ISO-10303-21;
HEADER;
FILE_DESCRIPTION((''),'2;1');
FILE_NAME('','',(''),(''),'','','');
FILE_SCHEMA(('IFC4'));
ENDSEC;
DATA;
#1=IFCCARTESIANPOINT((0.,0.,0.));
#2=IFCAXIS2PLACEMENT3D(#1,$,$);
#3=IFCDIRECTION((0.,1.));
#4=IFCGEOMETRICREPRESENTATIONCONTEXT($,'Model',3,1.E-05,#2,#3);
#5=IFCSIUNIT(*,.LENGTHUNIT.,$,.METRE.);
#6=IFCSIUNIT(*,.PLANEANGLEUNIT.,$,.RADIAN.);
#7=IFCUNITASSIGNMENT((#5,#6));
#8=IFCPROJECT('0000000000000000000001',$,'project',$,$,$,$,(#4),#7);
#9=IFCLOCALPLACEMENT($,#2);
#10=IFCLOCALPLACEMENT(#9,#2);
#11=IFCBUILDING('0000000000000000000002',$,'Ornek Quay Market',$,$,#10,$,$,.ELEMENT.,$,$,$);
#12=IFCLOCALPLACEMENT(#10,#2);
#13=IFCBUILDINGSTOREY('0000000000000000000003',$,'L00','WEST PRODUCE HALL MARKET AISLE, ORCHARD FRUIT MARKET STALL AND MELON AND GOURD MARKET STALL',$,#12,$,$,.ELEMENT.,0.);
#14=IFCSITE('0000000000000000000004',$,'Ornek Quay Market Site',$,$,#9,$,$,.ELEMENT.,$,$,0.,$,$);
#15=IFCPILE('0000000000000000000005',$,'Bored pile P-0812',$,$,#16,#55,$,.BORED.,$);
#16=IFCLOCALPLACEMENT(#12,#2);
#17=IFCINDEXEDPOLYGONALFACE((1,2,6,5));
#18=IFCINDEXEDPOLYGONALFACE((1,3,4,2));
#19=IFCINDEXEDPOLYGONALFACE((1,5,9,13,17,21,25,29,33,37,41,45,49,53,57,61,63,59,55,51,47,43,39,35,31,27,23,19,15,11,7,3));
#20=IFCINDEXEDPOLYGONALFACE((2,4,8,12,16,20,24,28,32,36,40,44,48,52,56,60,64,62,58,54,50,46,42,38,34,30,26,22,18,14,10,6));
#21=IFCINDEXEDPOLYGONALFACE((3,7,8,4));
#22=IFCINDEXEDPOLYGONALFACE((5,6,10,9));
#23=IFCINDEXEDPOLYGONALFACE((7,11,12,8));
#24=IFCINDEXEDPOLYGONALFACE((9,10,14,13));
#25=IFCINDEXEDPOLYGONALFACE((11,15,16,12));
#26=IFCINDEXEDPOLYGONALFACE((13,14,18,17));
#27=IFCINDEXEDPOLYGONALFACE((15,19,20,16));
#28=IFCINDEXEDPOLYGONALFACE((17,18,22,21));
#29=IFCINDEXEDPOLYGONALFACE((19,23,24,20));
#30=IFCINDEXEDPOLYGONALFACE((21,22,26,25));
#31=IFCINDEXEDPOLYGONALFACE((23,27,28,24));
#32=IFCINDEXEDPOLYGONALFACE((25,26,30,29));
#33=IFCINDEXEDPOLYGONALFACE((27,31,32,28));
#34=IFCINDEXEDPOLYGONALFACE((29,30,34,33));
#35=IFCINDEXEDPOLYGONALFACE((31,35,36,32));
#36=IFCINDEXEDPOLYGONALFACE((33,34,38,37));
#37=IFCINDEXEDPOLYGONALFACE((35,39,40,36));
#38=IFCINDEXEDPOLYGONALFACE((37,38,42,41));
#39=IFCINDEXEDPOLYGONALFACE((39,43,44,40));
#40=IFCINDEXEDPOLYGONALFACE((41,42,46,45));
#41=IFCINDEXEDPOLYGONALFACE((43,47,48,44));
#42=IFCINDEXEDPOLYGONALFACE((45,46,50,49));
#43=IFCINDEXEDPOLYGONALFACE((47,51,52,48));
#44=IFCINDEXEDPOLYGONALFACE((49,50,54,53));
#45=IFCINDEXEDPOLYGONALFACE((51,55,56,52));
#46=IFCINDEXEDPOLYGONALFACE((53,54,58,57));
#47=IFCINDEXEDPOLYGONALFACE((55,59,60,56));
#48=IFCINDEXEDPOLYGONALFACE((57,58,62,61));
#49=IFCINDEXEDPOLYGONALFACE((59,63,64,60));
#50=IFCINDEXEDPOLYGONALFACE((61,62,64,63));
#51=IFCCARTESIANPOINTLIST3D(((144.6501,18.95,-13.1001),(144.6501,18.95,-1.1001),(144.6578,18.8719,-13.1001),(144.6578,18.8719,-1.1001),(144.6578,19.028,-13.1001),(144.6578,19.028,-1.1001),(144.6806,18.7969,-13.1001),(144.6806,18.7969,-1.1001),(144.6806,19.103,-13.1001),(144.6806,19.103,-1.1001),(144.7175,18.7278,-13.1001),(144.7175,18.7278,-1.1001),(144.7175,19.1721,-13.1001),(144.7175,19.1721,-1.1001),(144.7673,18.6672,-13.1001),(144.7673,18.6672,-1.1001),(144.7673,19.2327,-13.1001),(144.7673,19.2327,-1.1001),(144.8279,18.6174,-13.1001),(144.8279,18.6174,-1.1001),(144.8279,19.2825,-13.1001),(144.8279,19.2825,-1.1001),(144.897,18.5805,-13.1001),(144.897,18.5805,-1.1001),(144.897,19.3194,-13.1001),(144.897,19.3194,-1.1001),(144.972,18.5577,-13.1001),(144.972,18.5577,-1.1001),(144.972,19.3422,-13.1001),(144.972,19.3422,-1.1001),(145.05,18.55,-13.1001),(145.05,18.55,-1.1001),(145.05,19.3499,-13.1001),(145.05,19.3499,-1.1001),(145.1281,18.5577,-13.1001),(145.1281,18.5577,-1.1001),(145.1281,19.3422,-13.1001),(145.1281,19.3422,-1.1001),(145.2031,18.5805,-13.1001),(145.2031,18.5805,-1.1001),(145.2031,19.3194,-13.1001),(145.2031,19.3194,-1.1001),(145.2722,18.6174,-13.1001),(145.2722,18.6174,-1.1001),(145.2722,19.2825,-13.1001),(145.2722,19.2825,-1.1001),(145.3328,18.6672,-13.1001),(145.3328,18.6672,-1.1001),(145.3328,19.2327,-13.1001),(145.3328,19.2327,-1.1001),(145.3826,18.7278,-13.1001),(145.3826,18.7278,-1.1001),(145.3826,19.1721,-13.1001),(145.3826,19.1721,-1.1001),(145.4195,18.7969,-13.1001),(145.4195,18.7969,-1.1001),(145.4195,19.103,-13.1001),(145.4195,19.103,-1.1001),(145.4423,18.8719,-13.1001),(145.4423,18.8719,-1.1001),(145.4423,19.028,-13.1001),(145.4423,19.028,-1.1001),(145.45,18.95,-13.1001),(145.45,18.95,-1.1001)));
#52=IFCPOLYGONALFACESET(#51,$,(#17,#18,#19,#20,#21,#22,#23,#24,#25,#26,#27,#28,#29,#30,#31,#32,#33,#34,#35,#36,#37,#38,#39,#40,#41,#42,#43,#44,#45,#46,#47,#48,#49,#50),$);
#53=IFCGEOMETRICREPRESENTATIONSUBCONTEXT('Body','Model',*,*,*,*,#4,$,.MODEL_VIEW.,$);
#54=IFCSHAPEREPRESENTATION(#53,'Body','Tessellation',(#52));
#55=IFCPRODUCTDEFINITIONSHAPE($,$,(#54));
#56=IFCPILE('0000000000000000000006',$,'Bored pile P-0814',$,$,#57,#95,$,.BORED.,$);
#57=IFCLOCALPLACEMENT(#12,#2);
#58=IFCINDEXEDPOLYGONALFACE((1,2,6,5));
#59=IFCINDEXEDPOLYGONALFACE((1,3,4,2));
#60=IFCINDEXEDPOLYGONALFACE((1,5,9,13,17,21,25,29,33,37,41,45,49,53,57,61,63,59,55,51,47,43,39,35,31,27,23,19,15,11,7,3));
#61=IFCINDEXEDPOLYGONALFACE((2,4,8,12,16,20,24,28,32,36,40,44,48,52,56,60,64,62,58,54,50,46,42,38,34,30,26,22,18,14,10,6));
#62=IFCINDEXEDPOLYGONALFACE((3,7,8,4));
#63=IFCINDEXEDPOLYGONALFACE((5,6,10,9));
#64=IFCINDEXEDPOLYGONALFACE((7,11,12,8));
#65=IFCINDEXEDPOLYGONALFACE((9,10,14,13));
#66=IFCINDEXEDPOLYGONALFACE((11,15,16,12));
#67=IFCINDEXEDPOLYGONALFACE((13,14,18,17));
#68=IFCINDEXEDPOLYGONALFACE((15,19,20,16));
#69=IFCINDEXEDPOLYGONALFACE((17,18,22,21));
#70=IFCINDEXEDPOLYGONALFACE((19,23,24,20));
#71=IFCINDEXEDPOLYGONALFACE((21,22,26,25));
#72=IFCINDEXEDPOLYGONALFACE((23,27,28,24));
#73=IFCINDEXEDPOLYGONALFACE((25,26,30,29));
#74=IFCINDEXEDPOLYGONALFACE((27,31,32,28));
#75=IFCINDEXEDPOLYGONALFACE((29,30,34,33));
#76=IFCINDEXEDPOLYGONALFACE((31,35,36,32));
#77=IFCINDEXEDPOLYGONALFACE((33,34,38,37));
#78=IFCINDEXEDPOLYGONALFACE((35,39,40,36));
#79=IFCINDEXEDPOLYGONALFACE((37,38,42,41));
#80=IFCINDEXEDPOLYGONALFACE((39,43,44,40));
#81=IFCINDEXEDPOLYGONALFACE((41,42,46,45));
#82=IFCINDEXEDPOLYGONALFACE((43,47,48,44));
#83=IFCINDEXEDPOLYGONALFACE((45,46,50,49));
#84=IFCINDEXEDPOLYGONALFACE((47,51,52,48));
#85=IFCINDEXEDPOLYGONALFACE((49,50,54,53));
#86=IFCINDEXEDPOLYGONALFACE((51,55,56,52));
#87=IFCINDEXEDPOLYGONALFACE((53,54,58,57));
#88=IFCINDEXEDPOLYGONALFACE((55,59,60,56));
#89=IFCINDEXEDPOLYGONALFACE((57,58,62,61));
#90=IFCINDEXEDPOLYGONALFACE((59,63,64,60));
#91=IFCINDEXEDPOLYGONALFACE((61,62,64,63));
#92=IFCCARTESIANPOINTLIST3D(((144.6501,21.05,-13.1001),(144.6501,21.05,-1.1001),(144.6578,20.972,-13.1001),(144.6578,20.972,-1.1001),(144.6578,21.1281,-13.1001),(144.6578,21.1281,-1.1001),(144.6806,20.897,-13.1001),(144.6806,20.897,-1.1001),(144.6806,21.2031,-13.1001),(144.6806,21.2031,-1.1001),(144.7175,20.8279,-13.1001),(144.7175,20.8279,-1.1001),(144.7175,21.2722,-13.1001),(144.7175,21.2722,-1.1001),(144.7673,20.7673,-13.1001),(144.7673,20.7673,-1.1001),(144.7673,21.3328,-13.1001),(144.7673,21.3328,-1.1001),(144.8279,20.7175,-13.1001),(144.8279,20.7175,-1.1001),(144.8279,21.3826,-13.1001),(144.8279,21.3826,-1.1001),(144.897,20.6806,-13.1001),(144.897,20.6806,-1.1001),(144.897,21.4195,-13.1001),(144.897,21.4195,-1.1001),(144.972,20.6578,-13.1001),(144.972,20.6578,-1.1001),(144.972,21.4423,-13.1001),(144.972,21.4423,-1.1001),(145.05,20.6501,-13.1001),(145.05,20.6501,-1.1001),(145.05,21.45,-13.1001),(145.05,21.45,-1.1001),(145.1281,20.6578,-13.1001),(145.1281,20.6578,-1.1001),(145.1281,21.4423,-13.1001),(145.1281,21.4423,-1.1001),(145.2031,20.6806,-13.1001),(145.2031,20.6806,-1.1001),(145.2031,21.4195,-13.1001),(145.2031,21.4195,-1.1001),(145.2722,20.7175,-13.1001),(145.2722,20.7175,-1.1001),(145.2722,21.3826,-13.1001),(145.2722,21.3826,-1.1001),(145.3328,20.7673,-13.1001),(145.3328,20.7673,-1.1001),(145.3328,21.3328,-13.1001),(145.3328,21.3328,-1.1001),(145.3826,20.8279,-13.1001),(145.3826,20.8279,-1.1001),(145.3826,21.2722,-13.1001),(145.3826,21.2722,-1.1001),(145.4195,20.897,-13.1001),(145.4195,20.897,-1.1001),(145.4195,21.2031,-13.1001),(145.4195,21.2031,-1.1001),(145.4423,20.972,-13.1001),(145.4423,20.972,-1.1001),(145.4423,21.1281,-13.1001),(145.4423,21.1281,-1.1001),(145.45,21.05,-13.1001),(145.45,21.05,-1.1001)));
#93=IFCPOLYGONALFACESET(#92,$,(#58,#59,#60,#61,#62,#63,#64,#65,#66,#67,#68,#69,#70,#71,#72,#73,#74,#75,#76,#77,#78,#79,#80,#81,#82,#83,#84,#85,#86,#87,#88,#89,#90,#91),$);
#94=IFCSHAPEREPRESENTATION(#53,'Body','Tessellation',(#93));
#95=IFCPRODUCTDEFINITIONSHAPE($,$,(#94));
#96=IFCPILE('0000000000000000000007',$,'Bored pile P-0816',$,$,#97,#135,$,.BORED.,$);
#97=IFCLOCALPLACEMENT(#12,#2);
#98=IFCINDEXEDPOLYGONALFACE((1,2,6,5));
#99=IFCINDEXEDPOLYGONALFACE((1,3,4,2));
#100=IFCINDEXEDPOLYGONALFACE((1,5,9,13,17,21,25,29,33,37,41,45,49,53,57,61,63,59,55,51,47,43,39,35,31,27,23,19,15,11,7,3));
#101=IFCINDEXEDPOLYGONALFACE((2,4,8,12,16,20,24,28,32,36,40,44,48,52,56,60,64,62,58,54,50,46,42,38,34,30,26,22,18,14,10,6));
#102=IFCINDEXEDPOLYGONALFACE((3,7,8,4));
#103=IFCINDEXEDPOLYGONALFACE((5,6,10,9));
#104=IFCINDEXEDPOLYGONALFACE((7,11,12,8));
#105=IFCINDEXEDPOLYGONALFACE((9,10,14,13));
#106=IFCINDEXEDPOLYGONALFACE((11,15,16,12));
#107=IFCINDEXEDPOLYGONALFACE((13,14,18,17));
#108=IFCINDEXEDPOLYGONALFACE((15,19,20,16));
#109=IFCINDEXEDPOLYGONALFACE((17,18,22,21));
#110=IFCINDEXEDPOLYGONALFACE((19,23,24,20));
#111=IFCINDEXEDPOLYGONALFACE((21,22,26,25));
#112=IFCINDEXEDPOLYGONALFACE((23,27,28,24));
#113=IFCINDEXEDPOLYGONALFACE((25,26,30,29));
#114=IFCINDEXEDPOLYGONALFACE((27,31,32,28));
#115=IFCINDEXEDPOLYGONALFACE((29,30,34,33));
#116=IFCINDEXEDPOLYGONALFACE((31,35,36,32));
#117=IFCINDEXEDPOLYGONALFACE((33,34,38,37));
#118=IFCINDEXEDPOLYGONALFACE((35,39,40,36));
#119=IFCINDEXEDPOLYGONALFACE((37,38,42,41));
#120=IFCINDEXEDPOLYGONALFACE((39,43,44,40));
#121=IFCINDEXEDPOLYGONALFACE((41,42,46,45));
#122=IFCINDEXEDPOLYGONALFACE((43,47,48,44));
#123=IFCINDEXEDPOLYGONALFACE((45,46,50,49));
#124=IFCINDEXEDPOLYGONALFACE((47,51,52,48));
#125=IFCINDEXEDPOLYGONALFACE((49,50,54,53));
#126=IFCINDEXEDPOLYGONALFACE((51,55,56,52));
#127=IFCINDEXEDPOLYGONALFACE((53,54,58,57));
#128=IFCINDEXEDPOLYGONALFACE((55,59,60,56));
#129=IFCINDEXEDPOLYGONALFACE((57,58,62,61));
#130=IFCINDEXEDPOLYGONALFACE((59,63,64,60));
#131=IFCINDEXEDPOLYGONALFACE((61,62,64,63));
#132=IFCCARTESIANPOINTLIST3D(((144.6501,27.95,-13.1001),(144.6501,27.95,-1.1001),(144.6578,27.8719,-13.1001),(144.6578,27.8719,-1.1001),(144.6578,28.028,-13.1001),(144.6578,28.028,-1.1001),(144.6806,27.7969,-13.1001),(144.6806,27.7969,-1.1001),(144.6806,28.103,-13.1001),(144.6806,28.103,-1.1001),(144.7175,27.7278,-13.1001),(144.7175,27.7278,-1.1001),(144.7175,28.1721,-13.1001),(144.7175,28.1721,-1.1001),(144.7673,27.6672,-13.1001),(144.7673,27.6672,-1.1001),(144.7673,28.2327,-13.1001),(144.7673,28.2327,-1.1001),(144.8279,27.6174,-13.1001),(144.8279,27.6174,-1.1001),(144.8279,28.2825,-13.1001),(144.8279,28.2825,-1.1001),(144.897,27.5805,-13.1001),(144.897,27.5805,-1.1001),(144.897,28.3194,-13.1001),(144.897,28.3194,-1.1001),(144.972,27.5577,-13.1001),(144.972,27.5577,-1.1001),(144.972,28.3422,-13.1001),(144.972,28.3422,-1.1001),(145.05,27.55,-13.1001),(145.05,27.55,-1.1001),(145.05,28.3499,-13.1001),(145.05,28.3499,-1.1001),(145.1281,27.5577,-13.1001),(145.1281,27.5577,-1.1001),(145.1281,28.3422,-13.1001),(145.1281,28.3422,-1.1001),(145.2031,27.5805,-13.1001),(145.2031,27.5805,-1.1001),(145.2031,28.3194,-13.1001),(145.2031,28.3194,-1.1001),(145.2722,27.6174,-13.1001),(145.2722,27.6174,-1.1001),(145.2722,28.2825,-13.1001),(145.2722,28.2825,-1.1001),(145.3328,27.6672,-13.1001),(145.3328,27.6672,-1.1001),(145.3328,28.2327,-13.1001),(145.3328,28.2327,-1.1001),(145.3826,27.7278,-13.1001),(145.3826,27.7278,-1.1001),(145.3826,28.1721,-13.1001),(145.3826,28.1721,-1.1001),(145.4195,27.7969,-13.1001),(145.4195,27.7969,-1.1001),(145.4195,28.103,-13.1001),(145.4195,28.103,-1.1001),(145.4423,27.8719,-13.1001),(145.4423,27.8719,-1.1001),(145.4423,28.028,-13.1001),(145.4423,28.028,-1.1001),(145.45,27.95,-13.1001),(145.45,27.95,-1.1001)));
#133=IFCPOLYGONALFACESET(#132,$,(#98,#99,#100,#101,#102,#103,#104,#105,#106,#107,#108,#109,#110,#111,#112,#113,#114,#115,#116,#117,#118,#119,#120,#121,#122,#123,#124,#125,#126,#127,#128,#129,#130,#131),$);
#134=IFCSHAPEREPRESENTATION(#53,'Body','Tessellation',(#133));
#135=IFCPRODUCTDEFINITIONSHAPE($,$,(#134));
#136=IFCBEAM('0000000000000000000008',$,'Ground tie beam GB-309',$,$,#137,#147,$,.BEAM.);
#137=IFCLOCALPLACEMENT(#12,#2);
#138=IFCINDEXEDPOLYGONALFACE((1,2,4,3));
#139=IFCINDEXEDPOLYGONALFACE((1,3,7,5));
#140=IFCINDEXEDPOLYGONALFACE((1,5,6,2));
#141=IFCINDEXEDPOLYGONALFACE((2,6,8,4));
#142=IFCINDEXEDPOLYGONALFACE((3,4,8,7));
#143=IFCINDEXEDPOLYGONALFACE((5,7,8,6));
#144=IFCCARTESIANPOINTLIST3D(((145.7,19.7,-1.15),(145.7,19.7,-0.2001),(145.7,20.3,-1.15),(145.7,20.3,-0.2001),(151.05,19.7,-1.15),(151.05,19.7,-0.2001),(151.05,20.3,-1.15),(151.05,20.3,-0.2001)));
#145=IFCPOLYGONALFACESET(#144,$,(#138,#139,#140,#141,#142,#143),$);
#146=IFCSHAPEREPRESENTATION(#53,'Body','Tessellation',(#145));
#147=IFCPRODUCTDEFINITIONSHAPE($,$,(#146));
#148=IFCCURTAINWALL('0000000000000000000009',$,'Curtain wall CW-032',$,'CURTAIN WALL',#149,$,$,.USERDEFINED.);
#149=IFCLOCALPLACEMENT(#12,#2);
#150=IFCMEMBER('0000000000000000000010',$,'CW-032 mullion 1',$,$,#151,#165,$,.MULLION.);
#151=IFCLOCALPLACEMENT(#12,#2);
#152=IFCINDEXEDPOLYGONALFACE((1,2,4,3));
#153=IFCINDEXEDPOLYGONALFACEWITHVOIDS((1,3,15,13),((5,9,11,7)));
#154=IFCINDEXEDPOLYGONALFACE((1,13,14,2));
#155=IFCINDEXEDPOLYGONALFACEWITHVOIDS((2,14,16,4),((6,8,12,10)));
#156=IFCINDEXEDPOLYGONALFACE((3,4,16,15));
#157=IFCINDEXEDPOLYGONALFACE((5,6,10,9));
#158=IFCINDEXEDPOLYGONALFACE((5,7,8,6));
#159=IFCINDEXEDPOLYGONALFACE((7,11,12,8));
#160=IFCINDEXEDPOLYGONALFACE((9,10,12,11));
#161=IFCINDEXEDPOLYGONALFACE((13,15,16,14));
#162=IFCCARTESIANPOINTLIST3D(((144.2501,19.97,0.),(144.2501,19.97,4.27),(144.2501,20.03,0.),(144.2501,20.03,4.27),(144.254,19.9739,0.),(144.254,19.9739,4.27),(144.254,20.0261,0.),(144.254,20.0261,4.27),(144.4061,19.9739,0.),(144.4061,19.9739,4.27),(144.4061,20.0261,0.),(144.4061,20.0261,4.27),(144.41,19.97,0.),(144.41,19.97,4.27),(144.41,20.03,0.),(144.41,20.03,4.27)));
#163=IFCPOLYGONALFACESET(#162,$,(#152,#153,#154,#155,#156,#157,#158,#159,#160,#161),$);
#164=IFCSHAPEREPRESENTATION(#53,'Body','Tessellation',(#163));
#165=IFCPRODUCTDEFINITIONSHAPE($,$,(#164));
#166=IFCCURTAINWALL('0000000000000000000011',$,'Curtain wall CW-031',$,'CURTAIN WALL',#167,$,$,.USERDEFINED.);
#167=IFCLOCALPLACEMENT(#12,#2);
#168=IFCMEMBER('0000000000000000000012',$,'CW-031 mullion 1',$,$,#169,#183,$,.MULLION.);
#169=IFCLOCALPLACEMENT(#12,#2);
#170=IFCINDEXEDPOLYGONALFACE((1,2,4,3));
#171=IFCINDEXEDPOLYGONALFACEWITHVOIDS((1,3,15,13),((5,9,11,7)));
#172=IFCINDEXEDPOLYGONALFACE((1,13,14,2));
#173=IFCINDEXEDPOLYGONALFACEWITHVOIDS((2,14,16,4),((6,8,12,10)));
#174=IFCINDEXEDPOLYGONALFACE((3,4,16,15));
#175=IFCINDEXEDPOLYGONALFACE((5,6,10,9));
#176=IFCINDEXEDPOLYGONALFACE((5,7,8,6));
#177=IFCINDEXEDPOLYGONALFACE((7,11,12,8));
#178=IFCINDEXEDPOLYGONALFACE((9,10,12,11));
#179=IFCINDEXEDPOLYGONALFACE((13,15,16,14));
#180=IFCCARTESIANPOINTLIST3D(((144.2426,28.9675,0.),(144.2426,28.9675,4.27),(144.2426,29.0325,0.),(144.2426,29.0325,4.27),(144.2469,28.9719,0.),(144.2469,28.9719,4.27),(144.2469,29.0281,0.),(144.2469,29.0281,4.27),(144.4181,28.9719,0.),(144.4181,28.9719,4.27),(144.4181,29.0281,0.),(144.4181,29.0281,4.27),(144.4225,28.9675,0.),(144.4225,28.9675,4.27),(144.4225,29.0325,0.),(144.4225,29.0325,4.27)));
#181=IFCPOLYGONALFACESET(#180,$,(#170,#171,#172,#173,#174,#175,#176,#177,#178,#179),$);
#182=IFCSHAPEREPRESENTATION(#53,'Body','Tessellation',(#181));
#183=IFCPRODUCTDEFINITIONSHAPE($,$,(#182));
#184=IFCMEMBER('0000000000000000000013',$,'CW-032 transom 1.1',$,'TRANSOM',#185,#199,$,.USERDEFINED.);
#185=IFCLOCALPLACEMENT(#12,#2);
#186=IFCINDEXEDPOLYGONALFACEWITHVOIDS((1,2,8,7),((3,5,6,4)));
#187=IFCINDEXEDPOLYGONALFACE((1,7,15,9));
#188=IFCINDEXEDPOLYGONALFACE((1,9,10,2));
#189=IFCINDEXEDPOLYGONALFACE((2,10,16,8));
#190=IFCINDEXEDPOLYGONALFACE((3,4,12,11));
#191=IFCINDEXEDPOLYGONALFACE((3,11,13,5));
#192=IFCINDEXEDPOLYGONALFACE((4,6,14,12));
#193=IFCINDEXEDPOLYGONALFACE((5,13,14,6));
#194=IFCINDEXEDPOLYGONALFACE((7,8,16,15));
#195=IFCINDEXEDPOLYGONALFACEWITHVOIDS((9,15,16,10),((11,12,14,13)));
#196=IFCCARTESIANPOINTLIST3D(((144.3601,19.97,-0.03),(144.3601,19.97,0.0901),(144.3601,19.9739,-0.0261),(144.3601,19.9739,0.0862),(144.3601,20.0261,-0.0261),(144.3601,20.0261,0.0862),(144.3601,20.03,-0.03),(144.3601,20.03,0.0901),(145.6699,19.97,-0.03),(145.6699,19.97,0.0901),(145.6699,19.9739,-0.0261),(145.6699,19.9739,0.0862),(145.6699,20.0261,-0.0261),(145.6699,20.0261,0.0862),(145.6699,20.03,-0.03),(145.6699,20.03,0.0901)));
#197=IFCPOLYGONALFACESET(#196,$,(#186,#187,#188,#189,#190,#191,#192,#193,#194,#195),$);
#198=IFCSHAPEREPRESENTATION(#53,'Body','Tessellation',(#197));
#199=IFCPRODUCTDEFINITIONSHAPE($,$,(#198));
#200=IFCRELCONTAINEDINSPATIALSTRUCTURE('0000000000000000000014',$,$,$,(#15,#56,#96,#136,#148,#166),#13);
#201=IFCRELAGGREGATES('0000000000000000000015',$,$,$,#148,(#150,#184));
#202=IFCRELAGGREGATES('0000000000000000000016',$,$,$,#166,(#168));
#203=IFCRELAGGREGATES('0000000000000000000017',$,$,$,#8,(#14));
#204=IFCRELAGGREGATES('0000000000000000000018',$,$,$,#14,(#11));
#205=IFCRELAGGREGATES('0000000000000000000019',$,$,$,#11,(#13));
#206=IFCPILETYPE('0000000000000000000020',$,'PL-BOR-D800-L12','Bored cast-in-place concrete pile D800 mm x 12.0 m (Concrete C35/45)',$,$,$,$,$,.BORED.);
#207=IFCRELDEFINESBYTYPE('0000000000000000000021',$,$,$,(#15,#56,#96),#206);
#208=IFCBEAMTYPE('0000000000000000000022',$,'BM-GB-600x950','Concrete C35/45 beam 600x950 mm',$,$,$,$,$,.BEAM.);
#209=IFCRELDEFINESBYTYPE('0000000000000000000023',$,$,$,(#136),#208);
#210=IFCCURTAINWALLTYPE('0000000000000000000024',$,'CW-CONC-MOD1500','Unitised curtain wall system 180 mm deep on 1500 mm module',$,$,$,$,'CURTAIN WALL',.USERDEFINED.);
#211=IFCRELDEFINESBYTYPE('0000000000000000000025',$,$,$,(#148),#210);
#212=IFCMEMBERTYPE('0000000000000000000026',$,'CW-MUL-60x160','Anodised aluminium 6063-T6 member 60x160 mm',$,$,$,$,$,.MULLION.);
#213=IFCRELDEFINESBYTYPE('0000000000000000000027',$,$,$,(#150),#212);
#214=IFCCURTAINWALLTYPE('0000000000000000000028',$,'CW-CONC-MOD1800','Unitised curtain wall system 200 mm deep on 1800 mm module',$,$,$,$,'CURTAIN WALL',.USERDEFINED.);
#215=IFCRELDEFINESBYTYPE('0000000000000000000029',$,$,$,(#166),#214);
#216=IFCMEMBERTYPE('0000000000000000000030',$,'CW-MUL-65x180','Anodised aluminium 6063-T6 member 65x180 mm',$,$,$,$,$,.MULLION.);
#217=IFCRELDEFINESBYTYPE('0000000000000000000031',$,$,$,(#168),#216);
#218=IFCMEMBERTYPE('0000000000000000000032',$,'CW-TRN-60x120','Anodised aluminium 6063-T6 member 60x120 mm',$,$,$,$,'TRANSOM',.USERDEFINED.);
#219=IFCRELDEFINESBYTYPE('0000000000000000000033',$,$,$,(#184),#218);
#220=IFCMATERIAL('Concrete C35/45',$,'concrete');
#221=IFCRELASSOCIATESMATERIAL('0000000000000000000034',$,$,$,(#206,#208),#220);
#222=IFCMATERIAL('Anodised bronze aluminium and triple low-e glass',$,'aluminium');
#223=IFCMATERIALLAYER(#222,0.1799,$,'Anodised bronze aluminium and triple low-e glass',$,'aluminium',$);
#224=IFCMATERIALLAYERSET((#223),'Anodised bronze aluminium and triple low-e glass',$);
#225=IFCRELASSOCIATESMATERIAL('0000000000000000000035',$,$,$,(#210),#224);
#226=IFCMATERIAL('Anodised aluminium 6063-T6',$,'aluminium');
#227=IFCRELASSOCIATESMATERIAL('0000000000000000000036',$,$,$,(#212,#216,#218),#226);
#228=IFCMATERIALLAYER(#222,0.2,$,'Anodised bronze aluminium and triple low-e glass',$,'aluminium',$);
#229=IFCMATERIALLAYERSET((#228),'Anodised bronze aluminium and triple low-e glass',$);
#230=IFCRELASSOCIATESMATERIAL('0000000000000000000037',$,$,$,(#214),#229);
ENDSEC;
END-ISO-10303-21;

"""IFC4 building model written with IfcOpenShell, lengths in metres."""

from ifc_helpers import new_model, si_unit, direction, frame, origin, origin_2d, place, context, subcontext, project, spatial, rectangle, hollow_rectangle, circle, extrude, material, layer, layer_set, material_profile, profile_set, type_object, element, aggregate, save


model = new_model("IFC4")

# Units and contexts
model_context = context("Model", 3, precision=1e-05, world=origin(), true_north=direction((0.0, 1.0)))
body_context = subcontext(model_context, "Body", "Model", "MODEL_VIEW")
ifc_project = project(units=[si_unit("LENGTHUNIT", "METRE"), si_unit("PLANEANGLEUNIT", "RADIAN")], contexts=[model_context])

# Site, building, storey
site_placement = place(None, origin())
site = spatial("IfcSite", under=ifc_project, at=site_placement, Name="Ornek Quay Market Site", CompositionType="ELEMENT", RefElevation=0.0)
building_placement = place(site_placement, origin())
building = spatial("IfcBuilding", under=site, at=building_placement, Name="Ornek Quay Market", CompositionType="ELEMENT")
storey_placement = place(building_placement, origin())
storey = spatial("IfcBuildingStorey", under=building, at=storey_placement, Name="L00", Description="WEST PRODUCE HALL MARKET AISLE, ORCHARD FRUIT MARKET STALL AND MELON AND GOURD MARKET STALL", CompositionType="ELEMENT", Elevation=0.0)

# Piles
ifc_material_1 = material(Name="Concrete C35/45", Category="concrete")
ifc_material_profile_1 = material_profile(ifc_material_1, circle(Radius=0.3999, at=origin_2d()), Name="PILE D800", Category="concrete")
ifc_profile_set_1 = profile_set([ifc_material_profile_1], Name="Concrete C35/45")
pile_type = type_object("IfcPileType", Name="PL-BOR-D800-L12", Description="Bored cast-in-place concrete pile D800 mm x 12.0 m (Concrete C35/45)", PredefinedType="BORED", material=ifc_profile_set_1)
for number, where, z_axis, x_axis, name in (
    (1, (145.05, 18.95, -1.1001), (0.0, 0.0, -1.0), (1.0, 0.0, 0.0), "Bored pile P-0812"),
    (2, (145.05, 21.05, -1.1001), (0.0, 0.0, -1.0), (1.0, 0.0, 0.0), "Bored pile P-0814"),
    (3, (145.05, 27.95, -1.1001), (0.0, 0.0, -1.0), (1.0, 0.0, 0.0), "Bored pile P-0816"),
):
    element("IfcPile", number, at=place(storey_placement, frame(where, z_axis=z_axis, x_axis=x_axis)), inside=storey, type_object=pile_type, Name=name, PredefinedType="BORED", context=body_context, shape_type="SweptSolid", body=[
        extrude(circle(Radius=0.3999, at=origin_2d()), origin(), (0.0, 0.0, 1.0), 12.0),
    ])

# Beam
ifc_material_profile_2 = material_profile(ifc_material_1, rectangle(XDim=0.6001, YDim=0.95, at=origin_2d()), Name="RC 600x950", Category="concrete")
ifc_profile_set_2 = profile_set([ifc_material_profile_2], Name="Concrete C35/45")
beam_type = type_object("IfcBeamType", Name="BM-GB-600x950", Description="Concrete C35/45 beam 600x950 mm", PredefinedType="BEAM", material=ifc_profile_set_2)
beam_placement = place(storey_placement, frame((145.7, 20.0, -0.675), z_axis=(1.0, 0.0, 0.0), x_axis=(0.0, 1.0, 0.0)))
element("IfcBeam", 4, at=beam_placement, inside=storey, type_object=beam_type, Name="Ground tie beam GB-309", PredefinedType="BEAM", context=body_context, shape_type="SweptSolid", body=[
    extrude(rectangle(XDim=0.6001, YDim=0.95, at=origin_2d()), origin(), (0.0, 0.0, 1.0), 5.3501),
])

# Curtain walls, members
ifc_material_2 = material(Name="Anodised bronze aluminium and triple low-e glass", Category="aluminium")
ifc_layer_1 = layer(ifc_material_2, 0.1799, Name="Anodised bronze aluminium and triple low-e glass", Category="aluminium")
ifc_layer_set_1 = layer_set([ifc_layer_1], Name="Anodised bronze aluminium and triple low-e glass")
curtain_wall_type_1 = type_object("IfcCurtainWallType", Name="CW-CONC-MOD1500", Description="Unitised curtain wall system 180 mm deep on 1500 mm module", ElementType="CURTAIN WALL", PredefinedType="USERDEFINED", material=ifc_layer_set_1)
curtain_wall_1_placement = place(storey_placement, origin())
curtain_wall_1 = element("IfcCurtainWall", 5, at=curtain_wall_1_placement, inside=storey, type_object=curtain_wall_type_1, Name="Curtain wall CW-032", ObjectType="CURTAIN WALL", PredefinedType="USERDEFINED")
ifc_material_3 = material(Name="Anodised aluminium 6063-T6", Category="aluminium")
ifc_material_profile_3 = material_profile(ifc_material_3, hollow_rectangle(XDim=0.0601, YDim=0.1599, WallThickness=0.0039, at=origin_2d()), Name="CW-MUL-60x160", Category="aluminium")
ifc_profile_set_3 = profile_set([ifc_material_profile_3], Name="Anodised aluminium 6063-T6")
member_type_1 = type_object("IfcMemberType", Name="CW-MUL-60x160", Description="Anodised aluminium 6063-T6 member 60x160 mm", PredefinedType="MULLION", material=ifc_profile_set_3)
member_1_placement = place(storey_placement, frame((144.3301, 20.0, 0.0), z_axis=(0.0, 0.0, 1.0), x_axis=(0.0, 1.0, 0.0)))
member_1 = element("IfcMember", 6, at=member_1_placement, type_object=member_type_1, Name="CW-032 mullion 1", PredefinedType="MULLION", context=body_context, shape_type="SweptSolid", body=[
    extrude(hollow_rectangle(XDim=0.0601, YDim=0.1599, WallThickness=0.0039, at=origin_2d()), origin(), (0.0, 0.0, 1.0), 4.27),
])
ifc_layer_2 = layer(ifc_material_2, 0.2, Name="Anodised bronze aluminium and triple low-e glass", Category="aluminium")
ifc_layer_set_2 = layer_set([ifc_layer_2], Name="Anodised bronze aluminium and triple low-e glass")
curtain_wall_type_2 = type_object("IfcCurtainWallType", Name="CW-CONC-MOD1800", Description="Unitised curtain wall system 200 mm deep on 1800 mm module", ElementType="CURTAIN WALL", PredefinedType="USERDEFINED", material=ifc_layer_set_2)
curtain_wall_2_placement = place(storey_placement, origin())
curtain_wall_2 = element("IfcCurtainWall", 7, at=curtain_wall_2_placement, inside=storey, type_object=curtain_wall_type_2, Name="Curtain wall CW-031", ObjectType="CURTAIN WALL", PredefinedType="USERDEFINED")
ifc_material_profile_4 = material_profile(ifc_material_3, hollow_rectangle(XDim=0.0649, YDim=0.1799, WallThickness=0.0044, at=origin_2d()), Name="CW-MUL-65x180", Category="aluminium")
ifc_profile_set_4 = profile_set([ifc_material_profile_4], Name="Anodised aluminium 6063-T6")
member_type_2 = type_object("IfcMemberType", Name="CW-MUL-65x180", Description="Anodised aluminium 6063-T6 member 65x180 mm", PredefinedType="MULLION", material=ifc_profile_set_4)
member_2_placement = place(storey_placement, frame((144.3325, 29.0, 0.0), z_axis=(0.0, 0.0, 1.0), x_axis=(0.0, 1.0, 0.0)))
member_2 = element("IfcMember", 8, at=member_2_placement, type_object=member_type_2, Name="CW-031 mullion 1", PredefinedType="MULLION", context=body_context, shape_type="SweptSolid", body=[
    extrude(hollow_rectangle(XDim=0.0649, YDim=0.1799, WallThickness=0.0044, at=origin_2d()), origin(), (0.0, 0.0, 1.0), 4.27),
])

# Member
ifc_material_profile_5 = material_profile(ifc_material_3, hollow_rectangle(XDim=0.0601, YDim=0.1201, WallThickness=0.0039, at=origin_2d()), Name="CW-TRN-60x120", Category="aluminium")
ifc_profile_set_5 = profile_set([ifc_material_profile_5], Name="Anodised aluminium 6063-T6")
member_type_3 = type_object("IfcMemberType", Name="CW-TRN-60x120", Description="Anodised aluminium 6063-T6 member 60x120 mm", ElementType="TRANSOM", PredefinedType="USERDEFINED", material=ifc_profile_set_5)
member_3_placement = place(storey_placement, frame((144.3601, 20.0, 0.03), z_axis=(1.0, 0.0, 0.0), x_axis=(0.0, 1.0, 0.0)))
member_3 = element("IfcMember", 9, at=member_3_placement, type_object=member_type_3, Name="CW-032 transom 1.1", ObjectType="TRANSOM", PredefinedType="USERDEFINED", context=body_context, shape_type="SweptSolid", body=[
    extrude(hollow_rectangle(XDim=0.0601, YDim=0.1201, WallThickness=0.0039, at=origin_2d()), origin(), (0.0, 0.0, 1.0), 1.3098),
])

aggregate(curtain_wall_1, [member_1, member_3])
aggregate(curtain_wall_2, [member_2])

save(model, "model.ifc")
